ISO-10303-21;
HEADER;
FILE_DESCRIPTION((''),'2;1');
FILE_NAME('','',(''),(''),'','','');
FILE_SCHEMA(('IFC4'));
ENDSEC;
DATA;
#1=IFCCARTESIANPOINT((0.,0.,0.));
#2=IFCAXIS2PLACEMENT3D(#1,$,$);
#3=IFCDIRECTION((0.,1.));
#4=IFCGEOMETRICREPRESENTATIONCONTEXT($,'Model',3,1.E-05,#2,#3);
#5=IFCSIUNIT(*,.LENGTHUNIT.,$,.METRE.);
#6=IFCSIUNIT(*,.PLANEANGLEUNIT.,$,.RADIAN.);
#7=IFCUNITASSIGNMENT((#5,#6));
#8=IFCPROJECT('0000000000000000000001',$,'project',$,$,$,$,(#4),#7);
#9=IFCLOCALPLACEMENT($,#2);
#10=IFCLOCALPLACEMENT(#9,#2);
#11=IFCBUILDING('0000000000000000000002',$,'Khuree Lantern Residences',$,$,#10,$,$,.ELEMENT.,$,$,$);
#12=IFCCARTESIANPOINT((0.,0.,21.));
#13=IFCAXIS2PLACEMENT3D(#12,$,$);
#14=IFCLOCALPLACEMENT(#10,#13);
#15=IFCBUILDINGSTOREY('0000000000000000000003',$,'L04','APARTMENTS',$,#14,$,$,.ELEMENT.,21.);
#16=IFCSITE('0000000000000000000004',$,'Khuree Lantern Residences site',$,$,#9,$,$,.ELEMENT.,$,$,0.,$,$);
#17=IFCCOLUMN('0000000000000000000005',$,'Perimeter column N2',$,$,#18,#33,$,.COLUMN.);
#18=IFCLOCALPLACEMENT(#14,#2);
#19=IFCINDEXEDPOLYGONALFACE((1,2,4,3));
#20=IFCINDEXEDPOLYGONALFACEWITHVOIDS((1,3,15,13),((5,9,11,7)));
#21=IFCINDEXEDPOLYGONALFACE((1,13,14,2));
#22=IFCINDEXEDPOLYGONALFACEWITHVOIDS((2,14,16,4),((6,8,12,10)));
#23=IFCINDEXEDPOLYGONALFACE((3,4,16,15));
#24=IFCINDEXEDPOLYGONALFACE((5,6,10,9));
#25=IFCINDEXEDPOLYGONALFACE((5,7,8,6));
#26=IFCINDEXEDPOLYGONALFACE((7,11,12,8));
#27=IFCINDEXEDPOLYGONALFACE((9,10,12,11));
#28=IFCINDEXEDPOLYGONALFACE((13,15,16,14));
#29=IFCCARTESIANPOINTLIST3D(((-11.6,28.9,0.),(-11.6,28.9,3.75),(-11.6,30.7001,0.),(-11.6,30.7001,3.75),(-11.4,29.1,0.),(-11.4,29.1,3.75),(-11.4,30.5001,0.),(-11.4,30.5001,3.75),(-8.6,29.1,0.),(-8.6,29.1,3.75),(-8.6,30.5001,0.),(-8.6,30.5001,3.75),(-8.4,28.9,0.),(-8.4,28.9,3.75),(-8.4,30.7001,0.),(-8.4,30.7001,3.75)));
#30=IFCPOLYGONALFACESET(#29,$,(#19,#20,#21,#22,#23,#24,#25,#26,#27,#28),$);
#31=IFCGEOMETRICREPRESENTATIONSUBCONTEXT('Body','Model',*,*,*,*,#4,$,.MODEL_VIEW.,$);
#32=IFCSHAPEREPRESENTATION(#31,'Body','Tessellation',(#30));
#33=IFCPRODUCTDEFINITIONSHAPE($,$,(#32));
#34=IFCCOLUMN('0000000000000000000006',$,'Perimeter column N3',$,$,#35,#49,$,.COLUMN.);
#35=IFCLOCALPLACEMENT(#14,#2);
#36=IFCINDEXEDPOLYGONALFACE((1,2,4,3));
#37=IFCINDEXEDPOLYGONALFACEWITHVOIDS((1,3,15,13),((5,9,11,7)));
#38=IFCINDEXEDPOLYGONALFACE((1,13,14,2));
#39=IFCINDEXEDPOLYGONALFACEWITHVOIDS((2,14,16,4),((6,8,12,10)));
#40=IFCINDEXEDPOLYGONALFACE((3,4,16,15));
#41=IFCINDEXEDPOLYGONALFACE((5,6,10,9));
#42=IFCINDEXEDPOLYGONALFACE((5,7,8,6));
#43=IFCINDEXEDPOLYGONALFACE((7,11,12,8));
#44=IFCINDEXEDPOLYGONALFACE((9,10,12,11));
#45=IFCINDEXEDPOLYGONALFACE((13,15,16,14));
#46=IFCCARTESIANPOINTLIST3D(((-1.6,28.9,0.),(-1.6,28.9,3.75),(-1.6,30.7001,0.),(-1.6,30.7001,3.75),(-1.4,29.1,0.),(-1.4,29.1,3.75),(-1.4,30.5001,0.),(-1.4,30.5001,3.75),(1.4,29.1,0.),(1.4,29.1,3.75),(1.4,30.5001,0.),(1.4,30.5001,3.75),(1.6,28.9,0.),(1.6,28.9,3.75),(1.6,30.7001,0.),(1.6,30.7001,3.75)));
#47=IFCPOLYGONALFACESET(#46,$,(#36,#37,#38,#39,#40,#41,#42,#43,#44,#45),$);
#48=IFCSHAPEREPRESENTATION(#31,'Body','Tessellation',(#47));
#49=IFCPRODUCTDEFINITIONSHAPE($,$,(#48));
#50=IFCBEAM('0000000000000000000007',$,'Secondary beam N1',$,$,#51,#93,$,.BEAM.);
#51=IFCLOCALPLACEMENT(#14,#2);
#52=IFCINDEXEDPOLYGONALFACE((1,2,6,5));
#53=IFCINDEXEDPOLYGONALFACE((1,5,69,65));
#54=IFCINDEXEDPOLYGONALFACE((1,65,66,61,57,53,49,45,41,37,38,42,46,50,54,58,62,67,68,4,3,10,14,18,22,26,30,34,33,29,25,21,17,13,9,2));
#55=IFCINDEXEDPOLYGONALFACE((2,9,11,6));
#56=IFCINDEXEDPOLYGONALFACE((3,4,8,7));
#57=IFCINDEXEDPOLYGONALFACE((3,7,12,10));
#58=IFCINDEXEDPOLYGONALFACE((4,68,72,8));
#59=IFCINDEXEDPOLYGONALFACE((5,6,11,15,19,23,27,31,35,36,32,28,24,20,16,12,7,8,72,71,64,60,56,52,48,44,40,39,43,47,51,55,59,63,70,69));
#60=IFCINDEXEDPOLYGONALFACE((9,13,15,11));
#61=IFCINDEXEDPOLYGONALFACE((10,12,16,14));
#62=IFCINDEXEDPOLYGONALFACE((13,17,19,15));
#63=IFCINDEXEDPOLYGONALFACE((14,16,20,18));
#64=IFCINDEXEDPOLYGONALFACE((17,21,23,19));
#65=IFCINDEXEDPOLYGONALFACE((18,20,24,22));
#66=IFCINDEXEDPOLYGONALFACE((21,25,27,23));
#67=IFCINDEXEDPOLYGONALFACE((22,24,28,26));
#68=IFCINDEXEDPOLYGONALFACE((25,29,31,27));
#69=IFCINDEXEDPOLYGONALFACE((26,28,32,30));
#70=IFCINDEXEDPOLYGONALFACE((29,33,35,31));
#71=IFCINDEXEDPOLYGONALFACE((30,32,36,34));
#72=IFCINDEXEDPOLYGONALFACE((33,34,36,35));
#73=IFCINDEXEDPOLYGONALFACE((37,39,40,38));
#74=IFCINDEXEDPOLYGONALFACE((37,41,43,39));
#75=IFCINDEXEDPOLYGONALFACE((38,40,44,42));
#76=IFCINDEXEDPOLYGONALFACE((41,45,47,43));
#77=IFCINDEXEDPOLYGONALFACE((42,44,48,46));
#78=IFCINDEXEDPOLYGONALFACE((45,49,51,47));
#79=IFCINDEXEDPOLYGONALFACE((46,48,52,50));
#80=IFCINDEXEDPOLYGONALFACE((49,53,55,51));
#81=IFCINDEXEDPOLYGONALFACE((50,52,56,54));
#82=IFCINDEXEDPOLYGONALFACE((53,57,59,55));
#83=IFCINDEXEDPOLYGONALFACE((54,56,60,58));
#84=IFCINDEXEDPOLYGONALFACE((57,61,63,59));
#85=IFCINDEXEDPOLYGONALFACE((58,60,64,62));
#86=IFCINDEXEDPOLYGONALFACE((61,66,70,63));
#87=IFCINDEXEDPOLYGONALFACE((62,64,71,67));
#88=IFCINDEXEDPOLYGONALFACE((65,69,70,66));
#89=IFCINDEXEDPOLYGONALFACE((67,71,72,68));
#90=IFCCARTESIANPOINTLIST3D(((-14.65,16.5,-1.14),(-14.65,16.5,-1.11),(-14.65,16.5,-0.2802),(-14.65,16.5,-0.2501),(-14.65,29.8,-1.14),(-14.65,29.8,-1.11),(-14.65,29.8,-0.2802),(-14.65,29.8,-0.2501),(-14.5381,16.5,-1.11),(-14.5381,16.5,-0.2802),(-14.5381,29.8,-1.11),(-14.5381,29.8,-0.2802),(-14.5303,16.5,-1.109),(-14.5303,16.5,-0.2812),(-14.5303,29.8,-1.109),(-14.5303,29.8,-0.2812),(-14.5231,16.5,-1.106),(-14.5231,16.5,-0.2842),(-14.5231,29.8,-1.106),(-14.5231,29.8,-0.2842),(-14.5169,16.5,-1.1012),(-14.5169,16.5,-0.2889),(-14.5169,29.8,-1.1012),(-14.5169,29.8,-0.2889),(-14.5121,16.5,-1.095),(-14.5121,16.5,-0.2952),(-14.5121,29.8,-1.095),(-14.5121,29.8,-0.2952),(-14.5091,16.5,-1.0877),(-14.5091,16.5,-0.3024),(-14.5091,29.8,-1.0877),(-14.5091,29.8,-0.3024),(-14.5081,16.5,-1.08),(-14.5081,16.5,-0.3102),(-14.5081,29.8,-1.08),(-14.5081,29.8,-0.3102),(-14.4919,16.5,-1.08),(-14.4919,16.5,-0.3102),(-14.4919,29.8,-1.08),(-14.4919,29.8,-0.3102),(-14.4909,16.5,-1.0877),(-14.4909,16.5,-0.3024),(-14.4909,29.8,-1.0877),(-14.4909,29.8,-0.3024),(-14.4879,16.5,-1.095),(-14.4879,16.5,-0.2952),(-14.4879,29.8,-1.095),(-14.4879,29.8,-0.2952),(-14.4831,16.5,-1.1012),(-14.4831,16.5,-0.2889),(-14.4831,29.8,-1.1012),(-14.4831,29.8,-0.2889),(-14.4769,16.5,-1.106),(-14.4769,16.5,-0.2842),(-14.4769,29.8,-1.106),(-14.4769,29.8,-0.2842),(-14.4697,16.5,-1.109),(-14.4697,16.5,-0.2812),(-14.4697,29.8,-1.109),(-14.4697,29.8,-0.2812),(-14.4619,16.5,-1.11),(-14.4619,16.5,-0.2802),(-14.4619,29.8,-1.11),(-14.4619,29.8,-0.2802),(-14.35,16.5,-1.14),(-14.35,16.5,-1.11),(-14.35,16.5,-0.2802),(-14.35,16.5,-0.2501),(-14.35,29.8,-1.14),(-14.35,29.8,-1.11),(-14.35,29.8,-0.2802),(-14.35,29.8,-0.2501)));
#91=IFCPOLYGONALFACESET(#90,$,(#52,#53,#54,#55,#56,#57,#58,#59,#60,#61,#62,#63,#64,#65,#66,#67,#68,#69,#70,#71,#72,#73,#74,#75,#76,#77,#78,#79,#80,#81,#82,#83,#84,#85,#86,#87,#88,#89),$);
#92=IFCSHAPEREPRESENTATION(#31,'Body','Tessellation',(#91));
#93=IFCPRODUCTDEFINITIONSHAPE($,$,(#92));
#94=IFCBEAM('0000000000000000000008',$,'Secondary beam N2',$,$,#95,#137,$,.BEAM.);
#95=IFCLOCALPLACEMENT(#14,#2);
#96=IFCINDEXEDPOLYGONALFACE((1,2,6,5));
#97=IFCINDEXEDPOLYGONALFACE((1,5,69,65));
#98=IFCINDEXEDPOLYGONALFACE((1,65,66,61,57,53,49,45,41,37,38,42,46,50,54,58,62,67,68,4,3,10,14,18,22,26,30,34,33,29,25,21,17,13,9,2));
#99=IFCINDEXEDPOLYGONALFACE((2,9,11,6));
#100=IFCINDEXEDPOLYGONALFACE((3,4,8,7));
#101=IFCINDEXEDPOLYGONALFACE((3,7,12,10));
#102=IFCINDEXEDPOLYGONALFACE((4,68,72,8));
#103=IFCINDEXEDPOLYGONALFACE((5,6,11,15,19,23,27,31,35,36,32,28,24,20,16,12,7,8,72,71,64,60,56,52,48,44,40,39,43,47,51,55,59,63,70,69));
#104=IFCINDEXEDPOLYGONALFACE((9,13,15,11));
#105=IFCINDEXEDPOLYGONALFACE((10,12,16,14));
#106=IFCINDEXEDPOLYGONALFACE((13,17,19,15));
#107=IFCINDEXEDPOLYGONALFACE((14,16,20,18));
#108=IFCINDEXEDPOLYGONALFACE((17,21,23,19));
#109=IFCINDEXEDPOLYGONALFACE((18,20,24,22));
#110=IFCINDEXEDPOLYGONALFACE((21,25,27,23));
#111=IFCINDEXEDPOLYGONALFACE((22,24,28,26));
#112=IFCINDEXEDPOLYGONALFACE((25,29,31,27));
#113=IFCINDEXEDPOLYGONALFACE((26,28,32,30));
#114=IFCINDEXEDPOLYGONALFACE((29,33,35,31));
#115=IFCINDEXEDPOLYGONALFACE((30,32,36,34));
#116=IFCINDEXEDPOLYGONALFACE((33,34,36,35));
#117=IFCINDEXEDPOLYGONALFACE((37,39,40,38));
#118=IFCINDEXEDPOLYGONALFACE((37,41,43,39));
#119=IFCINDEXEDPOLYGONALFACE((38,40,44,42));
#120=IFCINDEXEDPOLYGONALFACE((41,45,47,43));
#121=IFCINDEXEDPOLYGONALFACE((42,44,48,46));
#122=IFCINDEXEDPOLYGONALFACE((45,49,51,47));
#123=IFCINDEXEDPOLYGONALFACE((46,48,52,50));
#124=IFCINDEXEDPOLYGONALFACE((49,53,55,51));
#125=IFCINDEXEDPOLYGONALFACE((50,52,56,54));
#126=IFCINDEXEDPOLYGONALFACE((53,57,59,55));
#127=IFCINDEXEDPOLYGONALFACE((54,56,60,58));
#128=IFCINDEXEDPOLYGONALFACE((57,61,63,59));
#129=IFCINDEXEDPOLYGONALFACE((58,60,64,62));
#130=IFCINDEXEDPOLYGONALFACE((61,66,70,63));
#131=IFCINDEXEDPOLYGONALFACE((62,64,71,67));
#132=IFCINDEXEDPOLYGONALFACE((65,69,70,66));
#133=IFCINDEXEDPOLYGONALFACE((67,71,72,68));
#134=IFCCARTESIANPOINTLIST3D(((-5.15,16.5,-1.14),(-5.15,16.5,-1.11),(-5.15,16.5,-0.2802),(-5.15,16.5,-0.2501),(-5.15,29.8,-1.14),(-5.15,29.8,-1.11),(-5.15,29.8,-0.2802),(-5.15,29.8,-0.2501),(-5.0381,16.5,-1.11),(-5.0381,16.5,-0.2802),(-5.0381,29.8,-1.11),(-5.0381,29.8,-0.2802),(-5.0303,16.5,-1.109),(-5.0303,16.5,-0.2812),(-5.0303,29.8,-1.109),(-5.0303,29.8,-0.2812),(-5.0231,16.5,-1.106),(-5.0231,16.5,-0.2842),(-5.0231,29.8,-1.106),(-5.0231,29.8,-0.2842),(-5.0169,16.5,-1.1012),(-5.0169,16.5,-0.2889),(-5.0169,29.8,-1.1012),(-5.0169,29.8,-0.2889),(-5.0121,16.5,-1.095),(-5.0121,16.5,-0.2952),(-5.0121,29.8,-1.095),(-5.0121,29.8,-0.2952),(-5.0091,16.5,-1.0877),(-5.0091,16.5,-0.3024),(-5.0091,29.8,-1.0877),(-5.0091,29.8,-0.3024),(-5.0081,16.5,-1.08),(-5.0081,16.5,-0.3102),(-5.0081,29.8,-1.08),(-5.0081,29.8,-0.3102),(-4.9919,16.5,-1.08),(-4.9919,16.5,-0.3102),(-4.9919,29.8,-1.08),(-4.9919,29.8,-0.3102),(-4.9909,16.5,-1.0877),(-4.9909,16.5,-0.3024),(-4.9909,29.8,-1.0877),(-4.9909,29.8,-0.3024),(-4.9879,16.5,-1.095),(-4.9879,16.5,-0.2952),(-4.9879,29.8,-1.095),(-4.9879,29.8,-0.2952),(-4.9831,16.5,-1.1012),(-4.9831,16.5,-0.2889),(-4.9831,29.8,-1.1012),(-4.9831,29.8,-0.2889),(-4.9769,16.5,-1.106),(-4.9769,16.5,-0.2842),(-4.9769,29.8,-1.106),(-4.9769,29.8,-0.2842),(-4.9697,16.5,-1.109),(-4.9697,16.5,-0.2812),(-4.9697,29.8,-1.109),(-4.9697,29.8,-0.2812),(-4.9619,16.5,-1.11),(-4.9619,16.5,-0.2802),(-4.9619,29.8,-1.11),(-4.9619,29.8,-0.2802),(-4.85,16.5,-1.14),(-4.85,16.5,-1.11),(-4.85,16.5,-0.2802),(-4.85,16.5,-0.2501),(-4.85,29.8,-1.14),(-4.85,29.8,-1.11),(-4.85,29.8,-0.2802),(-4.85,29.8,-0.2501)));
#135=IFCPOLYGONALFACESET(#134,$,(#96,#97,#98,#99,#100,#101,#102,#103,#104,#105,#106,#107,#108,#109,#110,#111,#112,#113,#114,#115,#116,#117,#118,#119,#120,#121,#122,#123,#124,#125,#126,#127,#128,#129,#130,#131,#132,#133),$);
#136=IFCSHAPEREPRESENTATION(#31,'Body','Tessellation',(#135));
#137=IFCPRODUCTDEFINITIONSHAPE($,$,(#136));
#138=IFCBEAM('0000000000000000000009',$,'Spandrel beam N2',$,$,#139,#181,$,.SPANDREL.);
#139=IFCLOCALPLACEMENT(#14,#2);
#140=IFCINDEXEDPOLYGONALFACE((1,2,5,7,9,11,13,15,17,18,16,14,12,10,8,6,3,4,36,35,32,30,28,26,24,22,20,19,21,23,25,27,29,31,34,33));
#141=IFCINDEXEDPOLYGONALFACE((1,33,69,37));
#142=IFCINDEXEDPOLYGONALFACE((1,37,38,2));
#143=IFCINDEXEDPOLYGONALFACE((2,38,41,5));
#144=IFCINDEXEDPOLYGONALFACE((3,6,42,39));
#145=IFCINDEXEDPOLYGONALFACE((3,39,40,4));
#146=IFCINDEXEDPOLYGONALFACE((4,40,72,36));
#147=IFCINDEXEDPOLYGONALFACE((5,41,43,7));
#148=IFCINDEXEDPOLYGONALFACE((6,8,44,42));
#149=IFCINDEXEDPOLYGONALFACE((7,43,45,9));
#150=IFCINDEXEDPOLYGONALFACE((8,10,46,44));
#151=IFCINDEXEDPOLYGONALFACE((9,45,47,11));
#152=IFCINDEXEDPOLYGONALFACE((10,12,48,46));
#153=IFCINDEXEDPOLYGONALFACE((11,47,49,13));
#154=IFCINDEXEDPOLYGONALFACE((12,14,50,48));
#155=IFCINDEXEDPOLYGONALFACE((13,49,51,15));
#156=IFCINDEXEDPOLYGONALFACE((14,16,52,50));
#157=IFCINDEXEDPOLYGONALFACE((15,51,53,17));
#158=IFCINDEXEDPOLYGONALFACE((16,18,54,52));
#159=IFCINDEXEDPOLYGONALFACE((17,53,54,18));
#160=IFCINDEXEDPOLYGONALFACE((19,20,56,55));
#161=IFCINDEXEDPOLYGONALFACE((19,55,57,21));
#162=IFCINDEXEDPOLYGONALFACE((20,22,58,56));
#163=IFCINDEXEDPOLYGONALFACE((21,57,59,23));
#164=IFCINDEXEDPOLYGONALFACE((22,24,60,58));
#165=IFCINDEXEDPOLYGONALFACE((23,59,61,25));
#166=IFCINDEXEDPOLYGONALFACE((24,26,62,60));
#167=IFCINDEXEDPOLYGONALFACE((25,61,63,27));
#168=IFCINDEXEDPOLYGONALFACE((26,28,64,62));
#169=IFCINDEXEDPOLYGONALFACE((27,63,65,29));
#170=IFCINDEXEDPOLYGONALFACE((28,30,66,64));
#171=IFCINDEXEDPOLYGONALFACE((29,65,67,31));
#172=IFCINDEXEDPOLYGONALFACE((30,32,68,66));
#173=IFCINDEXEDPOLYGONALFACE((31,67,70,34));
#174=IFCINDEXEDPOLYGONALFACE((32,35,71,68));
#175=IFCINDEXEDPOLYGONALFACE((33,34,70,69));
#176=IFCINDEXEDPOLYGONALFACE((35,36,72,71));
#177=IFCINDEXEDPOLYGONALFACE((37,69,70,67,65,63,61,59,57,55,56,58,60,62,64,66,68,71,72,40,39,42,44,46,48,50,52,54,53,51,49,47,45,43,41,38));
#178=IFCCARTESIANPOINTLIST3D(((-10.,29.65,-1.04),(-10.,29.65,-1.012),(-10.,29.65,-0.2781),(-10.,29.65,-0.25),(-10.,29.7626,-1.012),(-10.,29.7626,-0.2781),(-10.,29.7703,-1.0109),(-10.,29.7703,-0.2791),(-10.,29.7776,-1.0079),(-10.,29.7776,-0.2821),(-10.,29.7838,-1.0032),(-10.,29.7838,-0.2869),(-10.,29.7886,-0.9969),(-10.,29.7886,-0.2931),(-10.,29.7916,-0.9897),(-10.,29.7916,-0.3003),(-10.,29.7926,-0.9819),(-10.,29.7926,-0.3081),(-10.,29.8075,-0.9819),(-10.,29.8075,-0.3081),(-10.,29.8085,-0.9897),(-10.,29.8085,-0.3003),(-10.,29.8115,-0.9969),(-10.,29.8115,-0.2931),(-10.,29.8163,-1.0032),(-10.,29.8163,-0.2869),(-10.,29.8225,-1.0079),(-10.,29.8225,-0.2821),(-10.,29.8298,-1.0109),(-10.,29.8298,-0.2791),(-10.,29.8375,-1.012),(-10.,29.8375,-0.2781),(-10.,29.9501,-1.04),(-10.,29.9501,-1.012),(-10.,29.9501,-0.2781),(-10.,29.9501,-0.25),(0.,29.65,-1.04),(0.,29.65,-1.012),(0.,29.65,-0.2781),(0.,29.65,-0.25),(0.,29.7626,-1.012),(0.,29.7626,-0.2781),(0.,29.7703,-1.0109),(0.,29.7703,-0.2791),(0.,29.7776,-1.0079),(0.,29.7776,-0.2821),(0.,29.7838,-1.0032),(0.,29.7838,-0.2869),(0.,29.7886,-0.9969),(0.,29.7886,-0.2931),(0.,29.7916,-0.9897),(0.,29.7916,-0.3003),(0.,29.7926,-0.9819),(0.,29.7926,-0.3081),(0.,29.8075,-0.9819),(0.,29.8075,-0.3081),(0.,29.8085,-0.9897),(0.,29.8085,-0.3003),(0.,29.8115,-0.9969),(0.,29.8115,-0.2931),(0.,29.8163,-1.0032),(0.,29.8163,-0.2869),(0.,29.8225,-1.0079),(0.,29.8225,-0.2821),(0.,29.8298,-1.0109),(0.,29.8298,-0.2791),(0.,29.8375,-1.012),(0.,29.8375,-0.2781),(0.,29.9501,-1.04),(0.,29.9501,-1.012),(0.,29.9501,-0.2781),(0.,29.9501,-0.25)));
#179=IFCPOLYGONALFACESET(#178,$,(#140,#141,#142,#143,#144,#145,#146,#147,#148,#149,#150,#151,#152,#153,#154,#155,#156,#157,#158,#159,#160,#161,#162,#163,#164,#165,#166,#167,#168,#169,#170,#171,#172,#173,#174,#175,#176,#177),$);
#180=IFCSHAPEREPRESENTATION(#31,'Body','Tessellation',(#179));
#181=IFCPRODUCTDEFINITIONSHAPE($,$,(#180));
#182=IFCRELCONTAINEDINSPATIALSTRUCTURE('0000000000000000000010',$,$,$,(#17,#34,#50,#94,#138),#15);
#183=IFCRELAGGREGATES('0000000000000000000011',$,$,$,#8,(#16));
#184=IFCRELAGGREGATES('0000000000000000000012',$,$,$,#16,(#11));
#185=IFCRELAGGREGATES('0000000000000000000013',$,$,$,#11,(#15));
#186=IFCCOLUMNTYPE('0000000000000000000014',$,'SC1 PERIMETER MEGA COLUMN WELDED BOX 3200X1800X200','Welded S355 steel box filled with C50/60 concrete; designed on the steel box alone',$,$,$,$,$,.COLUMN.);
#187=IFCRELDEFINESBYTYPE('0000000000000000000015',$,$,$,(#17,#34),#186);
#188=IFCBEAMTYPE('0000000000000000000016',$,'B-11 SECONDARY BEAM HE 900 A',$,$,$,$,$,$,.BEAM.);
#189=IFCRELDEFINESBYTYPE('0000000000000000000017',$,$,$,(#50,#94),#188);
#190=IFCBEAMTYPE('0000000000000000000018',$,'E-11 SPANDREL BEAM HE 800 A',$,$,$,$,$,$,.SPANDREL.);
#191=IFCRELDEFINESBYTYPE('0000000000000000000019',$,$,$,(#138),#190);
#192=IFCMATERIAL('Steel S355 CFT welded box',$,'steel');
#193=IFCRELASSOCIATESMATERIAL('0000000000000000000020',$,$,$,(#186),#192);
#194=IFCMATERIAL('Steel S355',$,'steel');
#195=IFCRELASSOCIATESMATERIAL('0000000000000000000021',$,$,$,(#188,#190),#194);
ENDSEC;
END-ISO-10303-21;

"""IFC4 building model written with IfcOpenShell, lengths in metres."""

from ifc_helpers import new_model, si_unit, direction, frame, origin, origin_2d, place, context, subcontext, project, spatial, hollow_rectangle, i_section, extrude, material, material_profile, profile_set, type_object, element, save


model = new_model("IFC4")

# Units and contexts
model_context = context("Model", 3, precision=1e-05, world=origin(), true_north=direction((0.0, 1.0)))
body_context = subcontext(model_context, "Body", "Model", "MODEL_VIEW")
ifc_project = project(units=[si_unit("LENGTHUNIT", "METRE"), si_unit("PLANEANGLEUNIT", "RADIAN")], contexts=[model_context])

# Site, building, storey
site_placement = place(None, origin())
site = spatial("IfcSite", under=ifc_project, at=site_placement, Name="Khuree Lantern Residences site", CompositionType="ELEMENT", RefElevation=0.0)
building_placement = place(site_placement, origin())
building = spatial("IfcBuilding", under=site, at=building_placement, Name="Khuree Lantern Residences", CompositionType="ELEMENT")
storey_placement = place(building_placement, frame((0.0, 0.0, 21.0)))
storey = spatial("IfcBuildingStorey", under=building, at=storey_placement, Name="L04", Description="APARTMENTS", CompositionType="ELEMENT", Elevation=21.0)

# Columns
ifc_material_1 = material(Name="Steel S355 CFT welded box", Category="steel")
ifc_material_profile_1 = material_profile(ifc_material_1, hollow_rectangle(XDim=3.2, YDim=1.8, WallThickness=0.2, at=origin_2d()), Name="WELDED BOX 3200X1800X200")
ifc_profile_set_1 = profile_set([ifc_material_profile_1], Name="Steel S355 CFT welded box")
column_type = type_object("IfcColumnType", Name="SC1 PERIMETER MEGA COLUMN WELDED BOX 3200X1800X200", Description="Welded S355 steel box filled with C50/60 concrete; designed on the steel box alone", PredefinedType="COLUMN", material=ifc_profile_set_1)
for number, where, z_axis, x_axis, name in (
    (1, (-10.0, 29.8, 0.0), (0.0, 0.0, 1.0), (1.0, 0.0, 0.0), "Perimeter column N2"),
    (2, (0.0, 29.8, 0.0), (0.0, 0.0, 1.0), (1.0, 0.0, 0.0), "Perimeter column N3"),
):
    element("IfcColumn", number, at=place(storey_placement, frame(where, z_axis=z_axis, x_axis=x_axis)), inside=storey, type_object=column_type, Name=name, PredefinedType="COLUMN", context=body_context, shape_type="SweptSolid", body=[
        extrude(hollow_rectangle(XDim=3.2, YDim=1.8, WallThickness=0.2, at=origin_2d()), origin(), (0.0, 0.0, 1.0), 3.75),
    ])

# Beams
ifc_material_2 = material(Name="Steel S355", Category="steel")
ifc_material_profile_2 = material_profile(ifc_material_2, i_section(OverallWidth=0.3, OverallDepth=0.8899, WebThickness=0.0161, FlangeThickness=0.03, FilletRadius=0.03, at=origin_2d()), Name="HE 900 A")
ifc_profile_set_2 = profile_set([ifc_material_profile_2], Name="Steel S355")
beam_type_1 = type_object("IfcBeamType", Name="B-11 SECONDARY BEAM HE 900 A", PredefinedType="BEAM", material=ifc_profile_set_2)
for number, where, z_axis, x_axis, name in (
    (3, (-14.5, 29.8, -0.6951), (0.0, -1.0, 0.0), (1.0, 0.0, 0.0), "Secondary beam N1"),
    (4, (-5.0, 29.8, -0.6951), (0.0, -1.0, 0.0), (1.0, 0.0, 0.0), "Secondary beam N2"),
):
    element("IfcBeam", number, at=place(storey_placement, frame(where, z_axis=z_axis, x_axis=x_axis)), inside=storey, type_object=beam_type_1, Name=name, PredefinedType="BEAM", context=body_context, shape_type="SweptSolid", body=[
        extrude(i_section(OverallWidth=0.3, OverallDepth=0.8899, WebThickness=0.0161, FlangeThickness=0.03, FilletRadius=0.03, at=origin_2d()), origin(), (0.0, 0.0, 1.0), 13.3),
    ])
ifc_material_profile_3 = material_profile(ifc_material_2, i_section(OverallWidth=0.3, OverallDepth=0.79, WebThickness=0.0149, FlangeThickness=0.0281, FilletRadius=0.03, at=origin_2d()), Name="HE 800 A")
ifc_profile_set_3 = profile_set([ifc_material_profile_3], Name="Steel S355")
beam_type_2 = type_object("IfcBeamType", Name="E-11 SPANDREL BEAM HE 800 A", PredefinedType="SPANDREL", material=ifc_profile_set_3)
for number, where, z_axis, x_axis, name in (
    (5, (-10.0, 29.8, -0.645), (1.0, 0.0, 0.0), (0.0, 1.0, 0.0), "Spandrel beam N2"),
):
    element("IfcBeam", number, at=place(storey_placement, frame(where, z_axis=z_axis, x_axis=x_axis)), inside=storey, type_object=beam_type_2, Name=name, PredefinedType="SPANDREL", context=body_context, shape_type="SweptSolid", body=[
        extrude(i_section(OverallWidth=0.3, OverallDepth=0.79, WebThickness=0.0149, FlangeThickness=0.0281, FilletRadius=0.03, at=origin_2d()), origin(), (0.0, 0.0, 1.0), 10.0),
    ])

save(model, "model.ifc")
